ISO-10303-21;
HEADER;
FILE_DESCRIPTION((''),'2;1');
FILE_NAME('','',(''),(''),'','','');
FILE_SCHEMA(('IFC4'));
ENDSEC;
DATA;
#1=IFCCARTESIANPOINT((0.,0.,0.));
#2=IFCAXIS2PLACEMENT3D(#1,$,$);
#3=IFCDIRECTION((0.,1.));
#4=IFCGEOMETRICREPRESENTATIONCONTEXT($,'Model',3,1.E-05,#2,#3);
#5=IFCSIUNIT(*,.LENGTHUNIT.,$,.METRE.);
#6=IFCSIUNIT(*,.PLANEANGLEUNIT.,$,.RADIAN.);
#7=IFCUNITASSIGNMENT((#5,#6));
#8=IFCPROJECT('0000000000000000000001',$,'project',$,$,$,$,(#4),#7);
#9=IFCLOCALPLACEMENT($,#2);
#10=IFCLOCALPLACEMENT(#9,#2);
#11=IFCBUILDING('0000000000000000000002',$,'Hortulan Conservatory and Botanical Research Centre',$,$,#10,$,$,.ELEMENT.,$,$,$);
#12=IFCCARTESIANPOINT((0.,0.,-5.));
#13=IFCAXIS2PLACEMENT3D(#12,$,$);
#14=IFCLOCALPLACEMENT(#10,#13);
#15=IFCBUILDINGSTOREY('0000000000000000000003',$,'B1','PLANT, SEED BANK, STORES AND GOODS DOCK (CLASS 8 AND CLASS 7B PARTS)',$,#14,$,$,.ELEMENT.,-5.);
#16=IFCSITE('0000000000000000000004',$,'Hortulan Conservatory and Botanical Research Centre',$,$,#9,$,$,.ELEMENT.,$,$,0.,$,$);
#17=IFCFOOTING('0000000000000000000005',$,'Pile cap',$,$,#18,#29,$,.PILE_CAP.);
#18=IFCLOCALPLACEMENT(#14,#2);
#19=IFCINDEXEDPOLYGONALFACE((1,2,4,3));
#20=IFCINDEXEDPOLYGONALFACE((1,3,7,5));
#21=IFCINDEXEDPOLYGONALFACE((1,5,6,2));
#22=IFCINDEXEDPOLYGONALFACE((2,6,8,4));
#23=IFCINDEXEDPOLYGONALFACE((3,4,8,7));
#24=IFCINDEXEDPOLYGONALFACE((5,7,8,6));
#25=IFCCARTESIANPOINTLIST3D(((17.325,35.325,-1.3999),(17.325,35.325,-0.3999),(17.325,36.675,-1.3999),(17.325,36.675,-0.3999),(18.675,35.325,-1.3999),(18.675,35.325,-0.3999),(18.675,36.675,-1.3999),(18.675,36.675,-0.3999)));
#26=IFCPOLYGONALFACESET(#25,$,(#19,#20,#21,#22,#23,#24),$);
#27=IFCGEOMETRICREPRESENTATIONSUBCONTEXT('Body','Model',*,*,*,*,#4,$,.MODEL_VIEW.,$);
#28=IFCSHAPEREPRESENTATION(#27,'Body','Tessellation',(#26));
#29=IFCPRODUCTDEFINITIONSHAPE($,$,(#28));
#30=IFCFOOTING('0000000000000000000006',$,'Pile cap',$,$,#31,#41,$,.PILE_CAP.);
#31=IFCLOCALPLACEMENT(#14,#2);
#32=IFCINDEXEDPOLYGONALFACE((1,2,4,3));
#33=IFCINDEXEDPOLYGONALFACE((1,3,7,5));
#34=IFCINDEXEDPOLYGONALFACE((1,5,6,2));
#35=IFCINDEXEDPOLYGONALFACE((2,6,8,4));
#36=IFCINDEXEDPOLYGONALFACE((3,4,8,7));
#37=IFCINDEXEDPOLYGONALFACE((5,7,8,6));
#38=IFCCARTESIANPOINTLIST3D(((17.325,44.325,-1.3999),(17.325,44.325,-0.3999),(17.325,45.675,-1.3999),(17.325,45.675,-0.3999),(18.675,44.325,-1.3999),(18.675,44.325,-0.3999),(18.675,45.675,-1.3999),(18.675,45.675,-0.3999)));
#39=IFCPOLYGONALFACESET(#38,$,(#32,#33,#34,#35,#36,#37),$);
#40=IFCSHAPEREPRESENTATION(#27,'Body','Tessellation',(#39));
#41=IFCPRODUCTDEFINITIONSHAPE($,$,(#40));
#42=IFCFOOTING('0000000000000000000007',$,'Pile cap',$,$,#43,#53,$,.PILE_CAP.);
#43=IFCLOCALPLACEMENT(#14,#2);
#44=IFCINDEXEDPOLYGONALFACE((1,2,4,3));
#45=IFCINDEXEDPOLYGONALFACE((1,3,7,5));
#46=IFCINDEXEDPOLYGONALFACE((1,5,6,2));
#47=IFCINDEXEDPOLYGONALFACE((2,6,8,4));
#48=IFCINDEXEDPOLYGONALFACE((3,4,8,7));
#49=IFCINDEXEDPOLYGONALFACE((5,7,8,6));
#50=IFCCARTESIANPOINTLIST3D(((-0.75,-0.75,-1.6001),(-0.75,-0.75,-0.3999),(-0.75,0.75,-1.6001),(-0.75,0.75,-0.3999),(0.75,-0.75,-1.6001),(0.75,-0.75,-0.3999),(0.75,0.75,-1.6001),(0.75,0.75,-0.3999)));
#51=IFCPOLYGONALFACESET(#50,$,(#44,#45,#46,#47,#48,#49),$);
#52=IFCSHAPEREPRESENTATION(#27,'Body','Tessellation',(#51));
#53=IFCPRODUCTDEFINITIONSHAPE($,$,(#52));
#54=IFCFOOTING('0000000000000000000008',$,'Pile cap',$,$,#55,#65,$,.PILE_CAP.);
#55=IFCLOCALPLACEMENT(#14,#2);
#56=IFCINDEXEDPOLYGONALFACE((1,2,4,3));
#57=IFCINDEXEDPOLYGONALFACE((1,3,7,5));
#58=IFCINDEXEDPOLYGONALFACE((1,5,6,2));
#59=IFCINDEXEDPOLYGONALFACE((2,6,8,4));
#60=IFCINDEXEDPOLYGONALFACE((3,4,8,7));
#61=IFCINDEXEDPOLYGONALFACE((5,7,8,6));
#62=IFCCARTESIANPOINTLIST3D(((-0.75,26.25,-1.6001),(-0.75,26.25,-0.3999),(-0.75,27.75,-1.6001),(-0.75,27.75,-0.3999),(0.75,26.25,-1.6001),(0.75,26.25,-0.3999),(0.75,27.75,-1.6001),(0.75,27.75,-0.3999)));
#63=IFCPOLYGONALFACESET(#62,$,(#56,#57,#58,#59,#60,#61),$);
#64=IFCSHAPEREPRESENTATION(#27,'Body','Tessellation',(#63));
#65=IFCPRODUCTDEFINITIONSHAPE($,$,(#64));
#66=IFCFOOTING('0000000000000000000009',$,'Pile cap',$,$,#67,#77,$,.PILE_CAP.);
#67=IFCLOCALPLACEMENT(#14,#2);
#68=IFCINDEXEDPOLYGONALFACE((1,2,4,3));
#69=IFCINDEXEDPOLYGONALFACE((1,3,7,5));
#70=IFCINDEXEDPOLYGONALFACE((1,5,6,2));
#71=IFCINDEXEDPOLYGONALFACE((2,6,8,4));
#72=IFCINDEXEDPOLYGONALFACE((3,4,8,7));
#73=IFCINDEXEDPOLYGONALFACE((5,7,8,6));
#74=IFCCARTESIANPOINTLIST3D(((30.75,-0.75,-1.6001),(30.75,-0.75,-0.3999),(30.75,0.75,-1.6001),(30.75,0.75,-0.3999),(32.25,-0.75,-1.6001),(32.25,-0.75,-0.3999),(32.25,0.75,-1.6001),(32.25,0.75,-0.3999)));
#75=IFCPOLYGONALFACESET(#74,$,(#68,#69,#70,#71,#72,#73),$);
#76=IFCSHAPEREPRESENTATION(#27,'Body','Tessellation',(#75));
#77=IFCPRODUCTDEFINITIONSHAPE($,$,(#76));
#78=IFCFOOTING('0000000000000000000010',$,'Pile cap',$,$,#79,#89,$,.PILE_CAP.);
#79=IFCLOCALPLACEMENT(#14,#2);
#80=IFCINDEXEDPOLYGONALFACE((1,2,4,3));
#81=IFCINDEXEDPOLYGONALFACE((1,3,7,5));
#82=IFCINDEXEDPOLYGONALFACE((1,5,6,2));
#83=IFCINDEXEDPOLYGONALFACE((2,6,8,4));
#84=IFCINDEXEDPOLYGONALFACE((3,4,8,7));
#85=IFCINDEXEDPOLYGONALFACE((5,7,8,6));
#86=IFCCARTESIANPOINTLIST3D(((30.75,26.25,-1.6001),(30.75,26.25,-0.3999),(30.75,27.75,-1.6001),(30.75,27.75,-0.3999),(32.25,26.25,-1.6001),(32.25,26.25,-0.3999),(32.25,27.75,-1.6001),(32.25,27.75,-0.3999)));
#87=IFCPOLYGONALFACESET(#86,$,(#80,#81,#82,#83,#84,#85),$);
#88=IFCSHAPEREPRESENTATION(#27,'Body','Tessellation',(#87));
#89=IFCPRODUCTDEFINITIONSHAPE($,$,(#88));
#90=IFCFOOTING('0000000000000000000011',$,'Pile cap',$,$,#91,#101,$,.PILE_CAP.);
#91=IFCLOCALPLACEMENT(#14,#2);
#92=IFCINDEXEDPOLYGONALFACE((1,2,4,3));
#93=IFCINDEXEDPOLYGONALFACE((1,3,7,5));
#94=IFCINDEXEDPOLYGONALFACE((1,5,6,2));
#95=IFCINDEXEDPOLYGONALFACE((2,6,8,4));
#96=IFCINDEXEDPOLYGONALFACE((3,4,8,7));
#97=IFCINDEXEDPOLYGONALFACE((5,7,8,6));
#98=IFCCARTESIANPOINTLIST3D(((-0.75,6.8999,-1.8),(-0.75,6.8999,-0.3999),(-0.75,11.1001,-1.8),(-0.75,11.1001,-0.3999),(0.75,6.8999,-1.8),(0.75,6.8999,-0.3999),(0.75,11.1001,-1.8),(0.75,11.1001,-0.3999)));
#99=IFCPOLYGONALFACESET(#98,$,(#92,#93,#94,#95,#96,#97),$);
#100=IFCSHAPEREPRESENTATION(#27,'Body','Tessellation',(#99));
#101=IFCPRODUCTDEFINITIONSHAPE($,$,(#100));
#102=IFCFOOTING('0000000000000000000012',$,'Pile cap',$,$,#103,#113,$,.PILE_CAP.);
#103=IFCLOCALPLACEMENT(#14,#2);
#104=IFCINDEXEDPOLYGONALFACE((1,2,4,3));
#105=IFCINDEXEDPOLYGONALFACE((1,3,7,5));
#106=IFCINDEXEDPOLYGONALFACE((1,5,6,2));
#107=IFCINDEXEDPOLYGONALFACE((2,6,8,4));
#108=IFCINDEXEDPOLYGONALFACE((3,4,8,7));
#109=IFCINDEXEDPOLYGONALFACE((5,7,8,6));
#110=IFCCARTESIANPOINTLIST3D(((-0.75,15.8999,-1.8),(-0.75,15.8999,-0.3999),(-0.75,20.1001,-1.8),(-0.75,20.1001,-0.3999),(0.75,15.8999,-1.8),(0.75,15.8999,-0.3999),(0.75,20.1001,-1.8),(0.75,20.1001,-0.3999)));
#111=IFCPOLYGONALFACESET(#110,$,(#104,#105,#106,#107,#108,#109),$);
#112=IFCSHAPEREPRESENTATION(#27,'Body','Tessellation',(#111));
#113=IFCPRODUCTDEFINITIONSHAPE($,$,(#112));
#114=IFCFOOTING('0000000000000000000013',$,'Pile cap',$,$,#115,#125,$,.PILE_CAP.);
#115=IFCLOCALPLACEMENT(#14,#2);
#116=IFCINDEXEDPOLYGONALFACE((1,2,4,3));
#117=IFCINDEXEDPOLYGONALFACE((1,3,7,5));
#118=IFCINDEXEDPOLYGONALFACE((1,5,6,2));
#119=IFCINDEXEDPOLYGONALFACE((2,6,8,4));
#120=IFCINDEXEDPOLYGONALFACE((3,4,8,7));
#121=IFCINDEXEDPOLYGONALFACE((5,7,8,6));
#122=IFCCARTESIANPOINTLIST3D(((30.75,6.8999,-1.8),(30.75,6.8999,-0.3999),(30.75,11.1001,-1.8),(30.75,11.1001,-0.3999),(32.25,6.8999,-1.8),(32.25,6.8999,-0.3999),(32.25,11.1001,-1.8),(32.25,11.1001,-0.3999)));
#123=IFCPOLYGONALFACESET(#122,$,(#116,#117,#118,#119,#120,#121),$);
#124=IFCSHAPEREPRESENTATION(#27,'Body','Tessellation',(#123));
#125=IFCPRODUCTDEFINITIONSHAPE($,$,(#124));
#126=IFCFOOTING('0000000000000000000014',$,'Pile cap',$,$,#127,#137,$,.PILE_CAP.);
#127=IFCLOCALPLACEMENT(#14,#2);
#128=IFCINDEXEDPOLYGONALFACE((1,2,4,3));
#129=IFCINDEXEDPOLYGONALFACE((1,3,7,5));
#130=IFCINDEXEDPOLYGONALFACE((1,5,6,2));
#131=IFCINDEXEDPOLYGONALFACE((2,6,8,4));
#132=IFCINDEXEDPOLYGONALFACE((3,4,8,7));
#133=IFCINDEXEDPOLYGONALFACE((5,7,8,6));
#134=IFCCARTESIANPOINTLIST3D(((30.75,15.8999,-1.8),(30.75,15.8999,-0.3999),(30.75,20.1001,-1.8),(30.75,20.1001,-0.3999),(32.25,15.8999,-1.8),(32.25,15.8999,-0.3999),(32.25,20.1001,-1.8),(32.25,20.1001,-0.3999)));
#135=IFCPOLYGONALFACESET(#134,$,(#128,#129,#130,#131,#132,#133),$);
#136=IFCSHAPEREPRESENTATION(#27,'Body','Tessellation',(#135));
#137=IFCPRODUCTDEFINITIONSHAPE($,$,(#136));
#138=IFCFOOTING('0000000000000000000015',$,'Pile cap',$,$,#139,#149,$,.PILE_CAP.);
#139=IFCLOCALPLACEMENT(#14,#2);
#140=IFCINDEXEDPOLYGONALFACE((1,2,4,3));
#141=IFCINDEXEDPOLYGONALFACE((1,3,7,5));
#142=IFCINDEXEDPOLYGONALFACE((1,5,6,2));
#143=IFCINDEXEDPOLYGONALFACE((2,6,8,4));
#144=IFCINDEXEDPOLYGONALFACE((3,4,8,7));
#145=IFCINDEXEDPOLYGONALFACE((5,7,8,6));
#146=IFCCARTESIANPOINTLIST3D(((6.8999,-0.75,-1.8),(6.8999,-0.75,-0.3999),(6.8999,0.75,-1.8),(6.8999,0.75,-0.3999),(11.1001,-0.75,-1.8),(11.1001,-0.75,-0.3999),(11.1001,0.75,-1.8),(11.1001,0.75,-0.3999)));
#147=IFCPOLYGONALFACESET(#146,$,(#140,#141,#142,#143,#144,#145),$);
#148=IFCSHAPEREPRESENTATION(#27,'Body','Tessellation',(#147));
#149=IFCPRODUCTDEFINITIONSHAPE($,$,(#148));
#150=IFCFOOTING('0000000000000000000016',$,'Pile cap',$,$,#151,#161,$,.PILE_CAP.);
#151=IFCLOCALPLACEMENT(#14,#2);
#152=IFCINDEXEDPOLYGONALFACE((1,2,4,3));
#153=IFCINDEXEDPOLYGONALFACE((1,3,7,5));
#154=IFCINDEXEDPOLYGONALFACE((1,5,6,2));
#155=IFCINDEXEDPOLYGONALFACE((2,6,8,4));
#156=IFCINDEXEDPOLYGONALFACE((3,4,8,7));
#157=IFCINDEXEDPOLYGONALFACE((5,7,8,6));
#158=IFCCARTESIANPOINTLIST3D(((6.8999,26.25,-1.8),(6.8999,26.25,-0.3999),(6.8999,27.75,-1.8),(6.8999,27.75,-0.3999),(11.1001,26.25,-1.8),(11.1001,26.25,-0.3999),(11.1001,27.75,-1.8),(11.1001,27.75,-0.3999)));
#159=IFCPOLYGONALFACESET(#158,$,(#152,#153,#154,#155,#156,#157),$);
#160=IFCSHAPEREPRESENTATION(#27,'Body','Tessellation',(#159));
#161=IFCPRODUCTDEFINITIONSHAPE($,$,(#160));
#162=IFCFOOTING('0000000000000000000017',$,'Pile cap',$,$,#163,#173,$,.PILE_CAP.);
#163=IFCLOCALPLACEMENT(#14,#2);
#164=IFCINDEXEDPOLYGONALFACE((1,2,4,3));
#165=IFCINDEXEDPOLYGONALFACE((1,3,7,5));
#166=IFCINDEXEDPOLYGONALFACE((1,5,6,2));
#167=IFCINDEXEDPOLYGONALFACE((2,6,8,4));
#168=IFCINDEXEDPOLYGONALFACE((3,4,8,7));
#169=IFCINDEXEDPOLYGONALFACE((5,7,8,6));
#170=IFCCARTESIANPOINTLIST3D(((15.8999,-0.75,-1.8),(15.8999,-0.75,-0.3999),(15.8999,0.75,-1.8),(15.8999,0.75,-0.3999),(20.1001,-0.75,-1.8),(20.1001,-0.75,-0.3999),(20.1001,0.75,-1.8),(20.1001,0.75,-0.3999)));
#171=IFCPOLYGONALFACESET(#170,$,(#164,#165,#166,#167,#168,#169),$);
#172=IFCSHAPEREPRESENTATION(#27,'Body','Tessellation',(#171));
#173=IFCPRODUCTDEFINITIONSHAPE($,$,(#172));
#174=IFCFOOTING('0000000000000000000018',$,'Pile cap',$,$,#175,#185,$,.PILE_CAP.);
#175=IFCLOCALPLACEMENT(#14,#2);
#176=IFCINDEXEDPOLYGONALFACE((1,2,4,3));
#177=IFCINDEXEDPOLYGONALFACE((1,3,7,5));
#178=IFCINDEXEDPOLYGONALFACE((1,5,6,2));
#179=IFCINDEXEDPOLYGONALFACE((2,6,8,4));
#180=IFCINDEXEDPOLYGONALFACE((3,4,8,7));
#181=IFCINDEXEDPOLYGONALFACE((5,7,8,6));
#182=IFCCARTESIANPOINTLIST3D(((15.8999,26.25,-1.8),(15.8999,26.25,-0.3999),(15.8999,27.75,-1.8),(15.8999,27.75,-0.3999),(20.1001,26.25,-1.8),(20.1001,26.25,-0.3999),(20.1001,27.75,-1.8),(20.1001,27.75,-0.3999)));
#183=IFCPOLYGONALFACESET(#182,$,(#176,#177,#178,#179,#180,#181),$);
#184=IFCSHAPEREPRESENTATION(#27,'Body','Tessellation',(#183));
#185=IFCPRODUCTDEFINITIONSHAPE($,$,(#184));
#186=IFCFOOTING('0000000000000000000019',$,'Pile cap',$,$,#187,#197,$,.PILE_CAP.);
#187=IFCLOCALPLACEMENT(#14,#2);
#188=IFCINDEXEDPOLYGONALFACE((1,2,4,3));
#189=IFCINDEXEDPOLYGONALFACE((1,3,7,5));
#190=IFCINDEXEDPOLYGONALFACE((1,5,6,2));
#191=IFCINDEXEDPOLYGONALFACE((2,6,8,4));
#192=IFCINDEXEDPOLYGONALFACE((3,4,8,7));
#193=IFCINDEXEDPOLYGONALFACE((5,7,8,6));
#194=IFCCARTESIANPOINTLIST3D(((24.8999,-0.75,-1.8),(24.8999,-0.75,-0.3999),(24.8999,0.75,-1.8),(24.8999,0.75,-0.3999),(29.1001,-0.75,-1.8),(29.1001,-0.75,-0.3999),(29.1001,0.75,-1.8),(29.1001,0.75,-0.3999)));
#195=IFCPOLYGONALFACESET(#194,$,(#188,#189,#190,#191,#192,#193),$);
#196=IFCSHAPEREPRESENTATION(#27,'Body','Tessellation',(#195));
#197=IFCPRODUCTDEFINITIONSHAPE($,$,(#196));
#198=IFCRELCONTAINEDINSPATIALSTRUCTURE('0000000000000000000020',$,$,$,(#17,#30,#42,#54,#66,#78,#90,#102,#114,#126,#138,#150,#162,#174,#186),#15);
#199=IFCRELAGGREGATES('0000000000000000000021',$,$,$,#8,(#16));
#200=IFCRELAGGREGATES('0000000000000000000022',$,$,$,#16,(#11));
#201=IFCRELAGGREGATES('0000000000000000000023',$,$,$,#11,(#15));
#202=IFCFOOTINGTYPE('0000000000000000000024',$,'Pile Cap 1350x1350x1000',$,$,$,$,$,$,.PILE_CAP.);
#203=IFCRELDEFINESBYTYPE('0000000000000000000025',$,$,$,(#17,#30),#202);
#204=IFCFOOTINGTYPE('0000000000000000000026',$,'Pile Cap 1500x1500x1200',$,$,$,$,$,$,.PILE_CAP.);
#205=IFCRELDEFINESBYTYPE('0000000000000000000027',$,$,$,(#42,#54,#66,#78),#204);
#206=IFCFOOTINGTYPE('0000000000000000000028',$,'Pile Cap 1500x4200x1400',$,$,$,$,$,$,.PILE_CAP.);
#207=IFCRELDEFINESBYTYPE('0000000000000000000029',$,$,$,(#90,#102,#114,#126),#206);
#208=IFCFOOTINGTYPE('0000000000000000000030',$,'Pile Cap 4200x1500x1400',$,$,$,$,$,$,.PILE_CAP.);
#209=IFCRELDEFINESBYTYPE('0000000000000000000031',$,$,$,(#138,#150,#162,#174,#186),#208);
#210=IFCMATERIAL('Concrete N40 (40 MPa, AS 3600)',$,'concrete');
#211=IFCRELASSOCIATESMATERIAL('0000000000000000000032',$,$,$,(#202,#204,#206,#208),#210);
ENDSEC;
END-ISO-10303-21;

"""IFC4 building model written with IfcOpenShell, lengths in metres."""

from ifc_helpers import new_model, si_unit, direction, frame, origin, place, context, subcontext, project, spatial, polyline, outline, extrude, material, type_object, element, save


model = new_model("IFC4")

# Units and contexts
model_context = context("Model", 3, precision=1e-05, world=origin(), true_north=direction((0.0, 1.0)))
body_context = subcontext(model_context, "Body", "Model", "MODEL_VIEW")
ifc_project = project(units=[si_unit("LENGTHUNIT", "METRE"), si_unit("PLANEANGLEUNIT", "RADIAN")], contexts=[model_context])

# Site, building, storey
site_placement = place(None, origin())
site = spatial("IfcSite", under=ifc_project, at=site_placement, Name="Hortulan Conservatory and Botanical Research Centre", CompositionType="ELEMENT", RefElevation=0.0)
building_placement = place(site_placement, origin())
building = spatial("IfcBuilding", under=site, at=building_placement, Name="Hortulan Conservatory and Botanical Research Centre", CompositionType="ELEMENT")
storey_placement = place(building_placement, frame((0.0, 0.0, -5.0)))
storey = spatial("IfcBuildingStorey", under=building, at=storey_placement, Name="B1", Description="PLANT, SEED BANK, STORES AND GOODS DOCK (CLASS 8 AND CLASS 7B PARTS)", CompositionType="ELEMENT", Elevation=-5.0)

# Shared definitions
ifc_material = material(Name="Concrete N40 (40 MPa, AS 3600)", Category="concrete")

# Footings
footing_type_1 = type_object("IfcFootingType", Name="Pile Cap 1350x1350x1000", PredefinedType="PILE_CAP", material=ifc_material)
footing_1_placement = place(storey_placement, frame((0.0, 0.0, -1.3999)))
element("IfcFooting", 1, at=footing_1_placement, inside=storey, type_object=footing_type_1, Name="Pile cap", PredefinedType="PILE_CAP", context=body_context, shape_type="SweptSolid", body=[
    extrude(outline(polyline([(18.675, 35.325), (18.675, 36.675), (17.325, 36.675), (17.325, 35.325), (18.675, 35.325)])), origin(), (0.0, 0.0, 1.0), 1.0),
])
footing_2_placement = place(storey_placement, frame((0.0, 0.0, -1.3999)))
element("IfcFooting", 2, at=footing_2_placement, inside=storey, type_object=footing_type_1, Name="Pile cap", PredefinedType="PILE_CAP", context=body_context, shape_type="SweptSolid", body=[
    extrude(outline(polyline([(18.675, 44.325), (18.675, 45.675), (17.325, 45.675), (17.325, 44.325), (18.675, 44.325)])), origin(), (0.0, 0.0, 1.0), 1.0),
])
footing_type_2 = type_object("IfcFootingType", Name="Pile Cap 1500x1500x1200", PredefinedType="PILE_CAP", material=ifc_material)
footing_3_placement = place(storey_placement, frame((0.0, 0.0, -1.6001)))
element("IfcFooting", 3, at=footing_3_placement, inside=storey, type_object=footing_type_2, Name="Pile cap", PredefinedType="PILE_CAP", context=body_context, shape_type="SweptSolid", body=[
    extrude(outline(polyline([(0.75, -0.75), (0.75, 0.75), (-0.75, 0.75), (-0.75, -0.75), (0.75, -0.75)])), origin(), (0.0, 0.0, 1.0), 1.2002),
])
footing_4_placement = place(storey_placement, frame((0.0, 0.0, -1.6001)))
element("IfcFooting", 4, at=footing_4_placement, inside=storey, type_object=footing_type_2, Name="Pile cap", PredefinedType="PILE_CAP", context=body_context, shape_type="SweptSolid", body=[
    extrude(outline(polyline([(0.75, 26.25), (0.75, 27.75), (-0.75, 27.75), (-0.75, 26.25), (0.75, 26.25)])), origin(), (0.0, 0.0, 1.0), 1.2002),
])
footing_5_placement = place(storey_placement, frame((0.0, 0.0, -1.6001)))
element("IfcFooting", 5, at=footing_5_placement, inside=storey, type_object=footing_type_2, Name="Pile cap", PredefinedType="PILE_CAP", context=body_context, shape_type="SweptSolid", body=[
    extrude(outline(polyline([(32.25, -0.75), (32.25, 0.75), (30.75, 0.75), (30.75, -0.75), (32.25, -0.75)])), origin(), (0.0, 0.0, 1.0), 1.2002),
])
footing_6_placement = place(storey_placement, frame((0.0, 0.0, -1.6001)))
element("IfcFooting", 6, at=footing_6_placement, inside=storey, type_object=footing_type_2, Name="Pile cap", PredefinedType="PILE_CAP", context=body_context, shape_type="SweptSolid", body=[
    extrude(outline(polyline([(32.25, 26.25), (32.25, 27.75), (30.75, 27.75), (30.75, 26.25), (32.25, 26.25)])), origin(), (0.0, 0.0, 1.0), 1.2002),
])
footing_type_3 = type_object("IfcFootingType", Name="Pile Cap 1500x4200x1400", PredefinedType="PILE_CAP", material=ifc_material)
footing_7_placement = place(storey_placement, frame((0.0, 0.0, -1.8)))
element("IfcFooting", 7, at=footing_7_placement, inside=storey, type_object=footing_type_3, Name="Pile cap", PredefinedType="PILE_CAP", context=body_context, shape_type="SweptSolid", body=[
    extrude(outline(polyline([(0.75, 6.8999), (0.75, 11.1001), (-0.75, 11.1001), (-0.75, 6.8999), (0.75, 6.8999)])), origin(), (0.0, 0.0, 1.0), 1.4001),
])
footing_8_placement = place(storey_placement, frame((0.0, 0.0, -1.8)))
element("IfcFooting", 8, at=footing_8_placement, inside=storey, type_object=footing_type_3, Name="Pile cap", PredefinedType="PILE_CAP", context=body_context, shape_type="SweptSolid", body=[
    extrude(outline(polyline([(0.75, 15.8999), (0.75, 20.1001), (-0.75, 20.1001), (-0.75, 15.8999), (0.75, 15.8999)])), origin(), (0.0, 0.0, 1.0), 1.4001),
])
footing_9_placement = place(storey_placement, frame((0.0, 0.0, -1.8)))
element("IfcFooting", 9, at=footing_9_placement, inside=storey, type_object=footing_type_3, Name="Pile cap", PredefinedType="PILE_CAP", context=body_context, shape_type="SweptSolid", body=[
    extrude(outline(polyline([(32.25, 6.8999), (32.25, 11.1001), (30.75, 11.1001), (30.75, 6.8999), (32.25, 6.8999)])), origin(), (0.0, 0.0, 1.0), 1.4001),
])
footing_10_placement = place(storey_placement, frame((0.0, 0.0, -1.8)))
element("IfcFooting", 10, at=footing_10_placement, inside=storey, type_object=footing_type_3, Name="Pile cap", PredefinedType="PILE_CAP", context=body_context, shape_type="SweptSolid", body=[
    extrude(outline(polyline([(32.25, 15.8999), (32.25, 20.1001), (30.75, 20.1001), (30.75, 15.8999), (32.25, 15.8999)])), origin(), (0.0, 0.0, 1.0), 1.4001),
])
footing_type_4 = type_object("IfcFootingType", Name="Pile Cap 4200x1500x1400", PredefinedType="PILE_CAP", material=ifc_material)
footing_11_placement = place(storey_placement, frame((0.0, 0.0, -1.8)))
element("IfcFooting", 11, at=footing_11_placement, inside=storey, type_object=footing_type_4, Name="Pile cap", PredefinedType="PILE_CAP", context=body_context, shape_type="SweptSolid", body=[
    extrude(outline(polyline([(11.1001, -0.75), (11.1001, 0.75), (6.8999, 0.75), (6.8999, -0.75), (11.1001, -0.75)])), origin(), (0.0, 0.0, 1.0), 1.4001),
])
footing_12_placement = place(storey_placement, frame((0.0, 0.0, -1.8)))
element("IfcFooting", 12, at=footing_12_placement, inside=storey, type_object=footing_type_4, Name="Pile cap", PredefinedType="PILE_CAP", context=body_context, shape_type="SweptSolid", body=[
    extrude(outline(polyline([(11.1001, 26.25), (11.1001, 27.75), (6.8999, 27.75), (6.8999, 26.25), (11.1001, 26.25)])), origin(), (0.0, 0.0, 1.0), 1.4001),
])
footing_13_placement = place(storey_placement, frame((0.0, 0.0, -1.8)))
element("IfcFooting", 13, at=footing_13_placement, inside=storey, type_object=footing_type_4, Name="Pile cap", PredefinedType="PILE_CAP", context=body_context, shape_type="SweptSolid", body=[
    extrude(outline(polyline([(20.1001, -0.75), (20.1001, 0.75), (15.8999, 0.75), (15.8999, -0.75), (20.1001, -0.75)])), origin(), (0.0, 0.0, 1.0), 1.4001),
])
footing_14_placement = place(storey_placement, frame((0.0, 0.0, -1.8)))
element("IfcFooting", 14, at=footing_14_placement, inside=storey, type_object=footing_type_4, Name="Pile cap", PredefinedType="PILE_CAP", context=body_context, shape_type="SweptSolid", body=[
    extrude(outline(polyline([(20.1001, 26.25), (20.1001, 27.75), (15.8999, 27.75), (15.8999, 26.25), (20.1001, 26.25)])), origin(), (0.0, 0.0, 1.0), 1.4001),
])
footing_15_placement = place(storey_placement, frame((0.0, 0.0, -1.8)))
element("IfcFooting", 15, at=footing_15_placement, inside=storey, type_object=footing_type_4, Name="Pile cap", PredefinedType="PILE_CAP", context=body_context, shape_type="SweptSolid", body=[
    extrude(outline(polyline([(29.1001, -0.75), (29.1001, 0.75), (24.8999, 0.75), (24.8999, -0.75), (29.1001, -0.75)])), origin(), (0.0, 0.0, 1.0), 1.4001),
])

save(model, "model.ifc")
